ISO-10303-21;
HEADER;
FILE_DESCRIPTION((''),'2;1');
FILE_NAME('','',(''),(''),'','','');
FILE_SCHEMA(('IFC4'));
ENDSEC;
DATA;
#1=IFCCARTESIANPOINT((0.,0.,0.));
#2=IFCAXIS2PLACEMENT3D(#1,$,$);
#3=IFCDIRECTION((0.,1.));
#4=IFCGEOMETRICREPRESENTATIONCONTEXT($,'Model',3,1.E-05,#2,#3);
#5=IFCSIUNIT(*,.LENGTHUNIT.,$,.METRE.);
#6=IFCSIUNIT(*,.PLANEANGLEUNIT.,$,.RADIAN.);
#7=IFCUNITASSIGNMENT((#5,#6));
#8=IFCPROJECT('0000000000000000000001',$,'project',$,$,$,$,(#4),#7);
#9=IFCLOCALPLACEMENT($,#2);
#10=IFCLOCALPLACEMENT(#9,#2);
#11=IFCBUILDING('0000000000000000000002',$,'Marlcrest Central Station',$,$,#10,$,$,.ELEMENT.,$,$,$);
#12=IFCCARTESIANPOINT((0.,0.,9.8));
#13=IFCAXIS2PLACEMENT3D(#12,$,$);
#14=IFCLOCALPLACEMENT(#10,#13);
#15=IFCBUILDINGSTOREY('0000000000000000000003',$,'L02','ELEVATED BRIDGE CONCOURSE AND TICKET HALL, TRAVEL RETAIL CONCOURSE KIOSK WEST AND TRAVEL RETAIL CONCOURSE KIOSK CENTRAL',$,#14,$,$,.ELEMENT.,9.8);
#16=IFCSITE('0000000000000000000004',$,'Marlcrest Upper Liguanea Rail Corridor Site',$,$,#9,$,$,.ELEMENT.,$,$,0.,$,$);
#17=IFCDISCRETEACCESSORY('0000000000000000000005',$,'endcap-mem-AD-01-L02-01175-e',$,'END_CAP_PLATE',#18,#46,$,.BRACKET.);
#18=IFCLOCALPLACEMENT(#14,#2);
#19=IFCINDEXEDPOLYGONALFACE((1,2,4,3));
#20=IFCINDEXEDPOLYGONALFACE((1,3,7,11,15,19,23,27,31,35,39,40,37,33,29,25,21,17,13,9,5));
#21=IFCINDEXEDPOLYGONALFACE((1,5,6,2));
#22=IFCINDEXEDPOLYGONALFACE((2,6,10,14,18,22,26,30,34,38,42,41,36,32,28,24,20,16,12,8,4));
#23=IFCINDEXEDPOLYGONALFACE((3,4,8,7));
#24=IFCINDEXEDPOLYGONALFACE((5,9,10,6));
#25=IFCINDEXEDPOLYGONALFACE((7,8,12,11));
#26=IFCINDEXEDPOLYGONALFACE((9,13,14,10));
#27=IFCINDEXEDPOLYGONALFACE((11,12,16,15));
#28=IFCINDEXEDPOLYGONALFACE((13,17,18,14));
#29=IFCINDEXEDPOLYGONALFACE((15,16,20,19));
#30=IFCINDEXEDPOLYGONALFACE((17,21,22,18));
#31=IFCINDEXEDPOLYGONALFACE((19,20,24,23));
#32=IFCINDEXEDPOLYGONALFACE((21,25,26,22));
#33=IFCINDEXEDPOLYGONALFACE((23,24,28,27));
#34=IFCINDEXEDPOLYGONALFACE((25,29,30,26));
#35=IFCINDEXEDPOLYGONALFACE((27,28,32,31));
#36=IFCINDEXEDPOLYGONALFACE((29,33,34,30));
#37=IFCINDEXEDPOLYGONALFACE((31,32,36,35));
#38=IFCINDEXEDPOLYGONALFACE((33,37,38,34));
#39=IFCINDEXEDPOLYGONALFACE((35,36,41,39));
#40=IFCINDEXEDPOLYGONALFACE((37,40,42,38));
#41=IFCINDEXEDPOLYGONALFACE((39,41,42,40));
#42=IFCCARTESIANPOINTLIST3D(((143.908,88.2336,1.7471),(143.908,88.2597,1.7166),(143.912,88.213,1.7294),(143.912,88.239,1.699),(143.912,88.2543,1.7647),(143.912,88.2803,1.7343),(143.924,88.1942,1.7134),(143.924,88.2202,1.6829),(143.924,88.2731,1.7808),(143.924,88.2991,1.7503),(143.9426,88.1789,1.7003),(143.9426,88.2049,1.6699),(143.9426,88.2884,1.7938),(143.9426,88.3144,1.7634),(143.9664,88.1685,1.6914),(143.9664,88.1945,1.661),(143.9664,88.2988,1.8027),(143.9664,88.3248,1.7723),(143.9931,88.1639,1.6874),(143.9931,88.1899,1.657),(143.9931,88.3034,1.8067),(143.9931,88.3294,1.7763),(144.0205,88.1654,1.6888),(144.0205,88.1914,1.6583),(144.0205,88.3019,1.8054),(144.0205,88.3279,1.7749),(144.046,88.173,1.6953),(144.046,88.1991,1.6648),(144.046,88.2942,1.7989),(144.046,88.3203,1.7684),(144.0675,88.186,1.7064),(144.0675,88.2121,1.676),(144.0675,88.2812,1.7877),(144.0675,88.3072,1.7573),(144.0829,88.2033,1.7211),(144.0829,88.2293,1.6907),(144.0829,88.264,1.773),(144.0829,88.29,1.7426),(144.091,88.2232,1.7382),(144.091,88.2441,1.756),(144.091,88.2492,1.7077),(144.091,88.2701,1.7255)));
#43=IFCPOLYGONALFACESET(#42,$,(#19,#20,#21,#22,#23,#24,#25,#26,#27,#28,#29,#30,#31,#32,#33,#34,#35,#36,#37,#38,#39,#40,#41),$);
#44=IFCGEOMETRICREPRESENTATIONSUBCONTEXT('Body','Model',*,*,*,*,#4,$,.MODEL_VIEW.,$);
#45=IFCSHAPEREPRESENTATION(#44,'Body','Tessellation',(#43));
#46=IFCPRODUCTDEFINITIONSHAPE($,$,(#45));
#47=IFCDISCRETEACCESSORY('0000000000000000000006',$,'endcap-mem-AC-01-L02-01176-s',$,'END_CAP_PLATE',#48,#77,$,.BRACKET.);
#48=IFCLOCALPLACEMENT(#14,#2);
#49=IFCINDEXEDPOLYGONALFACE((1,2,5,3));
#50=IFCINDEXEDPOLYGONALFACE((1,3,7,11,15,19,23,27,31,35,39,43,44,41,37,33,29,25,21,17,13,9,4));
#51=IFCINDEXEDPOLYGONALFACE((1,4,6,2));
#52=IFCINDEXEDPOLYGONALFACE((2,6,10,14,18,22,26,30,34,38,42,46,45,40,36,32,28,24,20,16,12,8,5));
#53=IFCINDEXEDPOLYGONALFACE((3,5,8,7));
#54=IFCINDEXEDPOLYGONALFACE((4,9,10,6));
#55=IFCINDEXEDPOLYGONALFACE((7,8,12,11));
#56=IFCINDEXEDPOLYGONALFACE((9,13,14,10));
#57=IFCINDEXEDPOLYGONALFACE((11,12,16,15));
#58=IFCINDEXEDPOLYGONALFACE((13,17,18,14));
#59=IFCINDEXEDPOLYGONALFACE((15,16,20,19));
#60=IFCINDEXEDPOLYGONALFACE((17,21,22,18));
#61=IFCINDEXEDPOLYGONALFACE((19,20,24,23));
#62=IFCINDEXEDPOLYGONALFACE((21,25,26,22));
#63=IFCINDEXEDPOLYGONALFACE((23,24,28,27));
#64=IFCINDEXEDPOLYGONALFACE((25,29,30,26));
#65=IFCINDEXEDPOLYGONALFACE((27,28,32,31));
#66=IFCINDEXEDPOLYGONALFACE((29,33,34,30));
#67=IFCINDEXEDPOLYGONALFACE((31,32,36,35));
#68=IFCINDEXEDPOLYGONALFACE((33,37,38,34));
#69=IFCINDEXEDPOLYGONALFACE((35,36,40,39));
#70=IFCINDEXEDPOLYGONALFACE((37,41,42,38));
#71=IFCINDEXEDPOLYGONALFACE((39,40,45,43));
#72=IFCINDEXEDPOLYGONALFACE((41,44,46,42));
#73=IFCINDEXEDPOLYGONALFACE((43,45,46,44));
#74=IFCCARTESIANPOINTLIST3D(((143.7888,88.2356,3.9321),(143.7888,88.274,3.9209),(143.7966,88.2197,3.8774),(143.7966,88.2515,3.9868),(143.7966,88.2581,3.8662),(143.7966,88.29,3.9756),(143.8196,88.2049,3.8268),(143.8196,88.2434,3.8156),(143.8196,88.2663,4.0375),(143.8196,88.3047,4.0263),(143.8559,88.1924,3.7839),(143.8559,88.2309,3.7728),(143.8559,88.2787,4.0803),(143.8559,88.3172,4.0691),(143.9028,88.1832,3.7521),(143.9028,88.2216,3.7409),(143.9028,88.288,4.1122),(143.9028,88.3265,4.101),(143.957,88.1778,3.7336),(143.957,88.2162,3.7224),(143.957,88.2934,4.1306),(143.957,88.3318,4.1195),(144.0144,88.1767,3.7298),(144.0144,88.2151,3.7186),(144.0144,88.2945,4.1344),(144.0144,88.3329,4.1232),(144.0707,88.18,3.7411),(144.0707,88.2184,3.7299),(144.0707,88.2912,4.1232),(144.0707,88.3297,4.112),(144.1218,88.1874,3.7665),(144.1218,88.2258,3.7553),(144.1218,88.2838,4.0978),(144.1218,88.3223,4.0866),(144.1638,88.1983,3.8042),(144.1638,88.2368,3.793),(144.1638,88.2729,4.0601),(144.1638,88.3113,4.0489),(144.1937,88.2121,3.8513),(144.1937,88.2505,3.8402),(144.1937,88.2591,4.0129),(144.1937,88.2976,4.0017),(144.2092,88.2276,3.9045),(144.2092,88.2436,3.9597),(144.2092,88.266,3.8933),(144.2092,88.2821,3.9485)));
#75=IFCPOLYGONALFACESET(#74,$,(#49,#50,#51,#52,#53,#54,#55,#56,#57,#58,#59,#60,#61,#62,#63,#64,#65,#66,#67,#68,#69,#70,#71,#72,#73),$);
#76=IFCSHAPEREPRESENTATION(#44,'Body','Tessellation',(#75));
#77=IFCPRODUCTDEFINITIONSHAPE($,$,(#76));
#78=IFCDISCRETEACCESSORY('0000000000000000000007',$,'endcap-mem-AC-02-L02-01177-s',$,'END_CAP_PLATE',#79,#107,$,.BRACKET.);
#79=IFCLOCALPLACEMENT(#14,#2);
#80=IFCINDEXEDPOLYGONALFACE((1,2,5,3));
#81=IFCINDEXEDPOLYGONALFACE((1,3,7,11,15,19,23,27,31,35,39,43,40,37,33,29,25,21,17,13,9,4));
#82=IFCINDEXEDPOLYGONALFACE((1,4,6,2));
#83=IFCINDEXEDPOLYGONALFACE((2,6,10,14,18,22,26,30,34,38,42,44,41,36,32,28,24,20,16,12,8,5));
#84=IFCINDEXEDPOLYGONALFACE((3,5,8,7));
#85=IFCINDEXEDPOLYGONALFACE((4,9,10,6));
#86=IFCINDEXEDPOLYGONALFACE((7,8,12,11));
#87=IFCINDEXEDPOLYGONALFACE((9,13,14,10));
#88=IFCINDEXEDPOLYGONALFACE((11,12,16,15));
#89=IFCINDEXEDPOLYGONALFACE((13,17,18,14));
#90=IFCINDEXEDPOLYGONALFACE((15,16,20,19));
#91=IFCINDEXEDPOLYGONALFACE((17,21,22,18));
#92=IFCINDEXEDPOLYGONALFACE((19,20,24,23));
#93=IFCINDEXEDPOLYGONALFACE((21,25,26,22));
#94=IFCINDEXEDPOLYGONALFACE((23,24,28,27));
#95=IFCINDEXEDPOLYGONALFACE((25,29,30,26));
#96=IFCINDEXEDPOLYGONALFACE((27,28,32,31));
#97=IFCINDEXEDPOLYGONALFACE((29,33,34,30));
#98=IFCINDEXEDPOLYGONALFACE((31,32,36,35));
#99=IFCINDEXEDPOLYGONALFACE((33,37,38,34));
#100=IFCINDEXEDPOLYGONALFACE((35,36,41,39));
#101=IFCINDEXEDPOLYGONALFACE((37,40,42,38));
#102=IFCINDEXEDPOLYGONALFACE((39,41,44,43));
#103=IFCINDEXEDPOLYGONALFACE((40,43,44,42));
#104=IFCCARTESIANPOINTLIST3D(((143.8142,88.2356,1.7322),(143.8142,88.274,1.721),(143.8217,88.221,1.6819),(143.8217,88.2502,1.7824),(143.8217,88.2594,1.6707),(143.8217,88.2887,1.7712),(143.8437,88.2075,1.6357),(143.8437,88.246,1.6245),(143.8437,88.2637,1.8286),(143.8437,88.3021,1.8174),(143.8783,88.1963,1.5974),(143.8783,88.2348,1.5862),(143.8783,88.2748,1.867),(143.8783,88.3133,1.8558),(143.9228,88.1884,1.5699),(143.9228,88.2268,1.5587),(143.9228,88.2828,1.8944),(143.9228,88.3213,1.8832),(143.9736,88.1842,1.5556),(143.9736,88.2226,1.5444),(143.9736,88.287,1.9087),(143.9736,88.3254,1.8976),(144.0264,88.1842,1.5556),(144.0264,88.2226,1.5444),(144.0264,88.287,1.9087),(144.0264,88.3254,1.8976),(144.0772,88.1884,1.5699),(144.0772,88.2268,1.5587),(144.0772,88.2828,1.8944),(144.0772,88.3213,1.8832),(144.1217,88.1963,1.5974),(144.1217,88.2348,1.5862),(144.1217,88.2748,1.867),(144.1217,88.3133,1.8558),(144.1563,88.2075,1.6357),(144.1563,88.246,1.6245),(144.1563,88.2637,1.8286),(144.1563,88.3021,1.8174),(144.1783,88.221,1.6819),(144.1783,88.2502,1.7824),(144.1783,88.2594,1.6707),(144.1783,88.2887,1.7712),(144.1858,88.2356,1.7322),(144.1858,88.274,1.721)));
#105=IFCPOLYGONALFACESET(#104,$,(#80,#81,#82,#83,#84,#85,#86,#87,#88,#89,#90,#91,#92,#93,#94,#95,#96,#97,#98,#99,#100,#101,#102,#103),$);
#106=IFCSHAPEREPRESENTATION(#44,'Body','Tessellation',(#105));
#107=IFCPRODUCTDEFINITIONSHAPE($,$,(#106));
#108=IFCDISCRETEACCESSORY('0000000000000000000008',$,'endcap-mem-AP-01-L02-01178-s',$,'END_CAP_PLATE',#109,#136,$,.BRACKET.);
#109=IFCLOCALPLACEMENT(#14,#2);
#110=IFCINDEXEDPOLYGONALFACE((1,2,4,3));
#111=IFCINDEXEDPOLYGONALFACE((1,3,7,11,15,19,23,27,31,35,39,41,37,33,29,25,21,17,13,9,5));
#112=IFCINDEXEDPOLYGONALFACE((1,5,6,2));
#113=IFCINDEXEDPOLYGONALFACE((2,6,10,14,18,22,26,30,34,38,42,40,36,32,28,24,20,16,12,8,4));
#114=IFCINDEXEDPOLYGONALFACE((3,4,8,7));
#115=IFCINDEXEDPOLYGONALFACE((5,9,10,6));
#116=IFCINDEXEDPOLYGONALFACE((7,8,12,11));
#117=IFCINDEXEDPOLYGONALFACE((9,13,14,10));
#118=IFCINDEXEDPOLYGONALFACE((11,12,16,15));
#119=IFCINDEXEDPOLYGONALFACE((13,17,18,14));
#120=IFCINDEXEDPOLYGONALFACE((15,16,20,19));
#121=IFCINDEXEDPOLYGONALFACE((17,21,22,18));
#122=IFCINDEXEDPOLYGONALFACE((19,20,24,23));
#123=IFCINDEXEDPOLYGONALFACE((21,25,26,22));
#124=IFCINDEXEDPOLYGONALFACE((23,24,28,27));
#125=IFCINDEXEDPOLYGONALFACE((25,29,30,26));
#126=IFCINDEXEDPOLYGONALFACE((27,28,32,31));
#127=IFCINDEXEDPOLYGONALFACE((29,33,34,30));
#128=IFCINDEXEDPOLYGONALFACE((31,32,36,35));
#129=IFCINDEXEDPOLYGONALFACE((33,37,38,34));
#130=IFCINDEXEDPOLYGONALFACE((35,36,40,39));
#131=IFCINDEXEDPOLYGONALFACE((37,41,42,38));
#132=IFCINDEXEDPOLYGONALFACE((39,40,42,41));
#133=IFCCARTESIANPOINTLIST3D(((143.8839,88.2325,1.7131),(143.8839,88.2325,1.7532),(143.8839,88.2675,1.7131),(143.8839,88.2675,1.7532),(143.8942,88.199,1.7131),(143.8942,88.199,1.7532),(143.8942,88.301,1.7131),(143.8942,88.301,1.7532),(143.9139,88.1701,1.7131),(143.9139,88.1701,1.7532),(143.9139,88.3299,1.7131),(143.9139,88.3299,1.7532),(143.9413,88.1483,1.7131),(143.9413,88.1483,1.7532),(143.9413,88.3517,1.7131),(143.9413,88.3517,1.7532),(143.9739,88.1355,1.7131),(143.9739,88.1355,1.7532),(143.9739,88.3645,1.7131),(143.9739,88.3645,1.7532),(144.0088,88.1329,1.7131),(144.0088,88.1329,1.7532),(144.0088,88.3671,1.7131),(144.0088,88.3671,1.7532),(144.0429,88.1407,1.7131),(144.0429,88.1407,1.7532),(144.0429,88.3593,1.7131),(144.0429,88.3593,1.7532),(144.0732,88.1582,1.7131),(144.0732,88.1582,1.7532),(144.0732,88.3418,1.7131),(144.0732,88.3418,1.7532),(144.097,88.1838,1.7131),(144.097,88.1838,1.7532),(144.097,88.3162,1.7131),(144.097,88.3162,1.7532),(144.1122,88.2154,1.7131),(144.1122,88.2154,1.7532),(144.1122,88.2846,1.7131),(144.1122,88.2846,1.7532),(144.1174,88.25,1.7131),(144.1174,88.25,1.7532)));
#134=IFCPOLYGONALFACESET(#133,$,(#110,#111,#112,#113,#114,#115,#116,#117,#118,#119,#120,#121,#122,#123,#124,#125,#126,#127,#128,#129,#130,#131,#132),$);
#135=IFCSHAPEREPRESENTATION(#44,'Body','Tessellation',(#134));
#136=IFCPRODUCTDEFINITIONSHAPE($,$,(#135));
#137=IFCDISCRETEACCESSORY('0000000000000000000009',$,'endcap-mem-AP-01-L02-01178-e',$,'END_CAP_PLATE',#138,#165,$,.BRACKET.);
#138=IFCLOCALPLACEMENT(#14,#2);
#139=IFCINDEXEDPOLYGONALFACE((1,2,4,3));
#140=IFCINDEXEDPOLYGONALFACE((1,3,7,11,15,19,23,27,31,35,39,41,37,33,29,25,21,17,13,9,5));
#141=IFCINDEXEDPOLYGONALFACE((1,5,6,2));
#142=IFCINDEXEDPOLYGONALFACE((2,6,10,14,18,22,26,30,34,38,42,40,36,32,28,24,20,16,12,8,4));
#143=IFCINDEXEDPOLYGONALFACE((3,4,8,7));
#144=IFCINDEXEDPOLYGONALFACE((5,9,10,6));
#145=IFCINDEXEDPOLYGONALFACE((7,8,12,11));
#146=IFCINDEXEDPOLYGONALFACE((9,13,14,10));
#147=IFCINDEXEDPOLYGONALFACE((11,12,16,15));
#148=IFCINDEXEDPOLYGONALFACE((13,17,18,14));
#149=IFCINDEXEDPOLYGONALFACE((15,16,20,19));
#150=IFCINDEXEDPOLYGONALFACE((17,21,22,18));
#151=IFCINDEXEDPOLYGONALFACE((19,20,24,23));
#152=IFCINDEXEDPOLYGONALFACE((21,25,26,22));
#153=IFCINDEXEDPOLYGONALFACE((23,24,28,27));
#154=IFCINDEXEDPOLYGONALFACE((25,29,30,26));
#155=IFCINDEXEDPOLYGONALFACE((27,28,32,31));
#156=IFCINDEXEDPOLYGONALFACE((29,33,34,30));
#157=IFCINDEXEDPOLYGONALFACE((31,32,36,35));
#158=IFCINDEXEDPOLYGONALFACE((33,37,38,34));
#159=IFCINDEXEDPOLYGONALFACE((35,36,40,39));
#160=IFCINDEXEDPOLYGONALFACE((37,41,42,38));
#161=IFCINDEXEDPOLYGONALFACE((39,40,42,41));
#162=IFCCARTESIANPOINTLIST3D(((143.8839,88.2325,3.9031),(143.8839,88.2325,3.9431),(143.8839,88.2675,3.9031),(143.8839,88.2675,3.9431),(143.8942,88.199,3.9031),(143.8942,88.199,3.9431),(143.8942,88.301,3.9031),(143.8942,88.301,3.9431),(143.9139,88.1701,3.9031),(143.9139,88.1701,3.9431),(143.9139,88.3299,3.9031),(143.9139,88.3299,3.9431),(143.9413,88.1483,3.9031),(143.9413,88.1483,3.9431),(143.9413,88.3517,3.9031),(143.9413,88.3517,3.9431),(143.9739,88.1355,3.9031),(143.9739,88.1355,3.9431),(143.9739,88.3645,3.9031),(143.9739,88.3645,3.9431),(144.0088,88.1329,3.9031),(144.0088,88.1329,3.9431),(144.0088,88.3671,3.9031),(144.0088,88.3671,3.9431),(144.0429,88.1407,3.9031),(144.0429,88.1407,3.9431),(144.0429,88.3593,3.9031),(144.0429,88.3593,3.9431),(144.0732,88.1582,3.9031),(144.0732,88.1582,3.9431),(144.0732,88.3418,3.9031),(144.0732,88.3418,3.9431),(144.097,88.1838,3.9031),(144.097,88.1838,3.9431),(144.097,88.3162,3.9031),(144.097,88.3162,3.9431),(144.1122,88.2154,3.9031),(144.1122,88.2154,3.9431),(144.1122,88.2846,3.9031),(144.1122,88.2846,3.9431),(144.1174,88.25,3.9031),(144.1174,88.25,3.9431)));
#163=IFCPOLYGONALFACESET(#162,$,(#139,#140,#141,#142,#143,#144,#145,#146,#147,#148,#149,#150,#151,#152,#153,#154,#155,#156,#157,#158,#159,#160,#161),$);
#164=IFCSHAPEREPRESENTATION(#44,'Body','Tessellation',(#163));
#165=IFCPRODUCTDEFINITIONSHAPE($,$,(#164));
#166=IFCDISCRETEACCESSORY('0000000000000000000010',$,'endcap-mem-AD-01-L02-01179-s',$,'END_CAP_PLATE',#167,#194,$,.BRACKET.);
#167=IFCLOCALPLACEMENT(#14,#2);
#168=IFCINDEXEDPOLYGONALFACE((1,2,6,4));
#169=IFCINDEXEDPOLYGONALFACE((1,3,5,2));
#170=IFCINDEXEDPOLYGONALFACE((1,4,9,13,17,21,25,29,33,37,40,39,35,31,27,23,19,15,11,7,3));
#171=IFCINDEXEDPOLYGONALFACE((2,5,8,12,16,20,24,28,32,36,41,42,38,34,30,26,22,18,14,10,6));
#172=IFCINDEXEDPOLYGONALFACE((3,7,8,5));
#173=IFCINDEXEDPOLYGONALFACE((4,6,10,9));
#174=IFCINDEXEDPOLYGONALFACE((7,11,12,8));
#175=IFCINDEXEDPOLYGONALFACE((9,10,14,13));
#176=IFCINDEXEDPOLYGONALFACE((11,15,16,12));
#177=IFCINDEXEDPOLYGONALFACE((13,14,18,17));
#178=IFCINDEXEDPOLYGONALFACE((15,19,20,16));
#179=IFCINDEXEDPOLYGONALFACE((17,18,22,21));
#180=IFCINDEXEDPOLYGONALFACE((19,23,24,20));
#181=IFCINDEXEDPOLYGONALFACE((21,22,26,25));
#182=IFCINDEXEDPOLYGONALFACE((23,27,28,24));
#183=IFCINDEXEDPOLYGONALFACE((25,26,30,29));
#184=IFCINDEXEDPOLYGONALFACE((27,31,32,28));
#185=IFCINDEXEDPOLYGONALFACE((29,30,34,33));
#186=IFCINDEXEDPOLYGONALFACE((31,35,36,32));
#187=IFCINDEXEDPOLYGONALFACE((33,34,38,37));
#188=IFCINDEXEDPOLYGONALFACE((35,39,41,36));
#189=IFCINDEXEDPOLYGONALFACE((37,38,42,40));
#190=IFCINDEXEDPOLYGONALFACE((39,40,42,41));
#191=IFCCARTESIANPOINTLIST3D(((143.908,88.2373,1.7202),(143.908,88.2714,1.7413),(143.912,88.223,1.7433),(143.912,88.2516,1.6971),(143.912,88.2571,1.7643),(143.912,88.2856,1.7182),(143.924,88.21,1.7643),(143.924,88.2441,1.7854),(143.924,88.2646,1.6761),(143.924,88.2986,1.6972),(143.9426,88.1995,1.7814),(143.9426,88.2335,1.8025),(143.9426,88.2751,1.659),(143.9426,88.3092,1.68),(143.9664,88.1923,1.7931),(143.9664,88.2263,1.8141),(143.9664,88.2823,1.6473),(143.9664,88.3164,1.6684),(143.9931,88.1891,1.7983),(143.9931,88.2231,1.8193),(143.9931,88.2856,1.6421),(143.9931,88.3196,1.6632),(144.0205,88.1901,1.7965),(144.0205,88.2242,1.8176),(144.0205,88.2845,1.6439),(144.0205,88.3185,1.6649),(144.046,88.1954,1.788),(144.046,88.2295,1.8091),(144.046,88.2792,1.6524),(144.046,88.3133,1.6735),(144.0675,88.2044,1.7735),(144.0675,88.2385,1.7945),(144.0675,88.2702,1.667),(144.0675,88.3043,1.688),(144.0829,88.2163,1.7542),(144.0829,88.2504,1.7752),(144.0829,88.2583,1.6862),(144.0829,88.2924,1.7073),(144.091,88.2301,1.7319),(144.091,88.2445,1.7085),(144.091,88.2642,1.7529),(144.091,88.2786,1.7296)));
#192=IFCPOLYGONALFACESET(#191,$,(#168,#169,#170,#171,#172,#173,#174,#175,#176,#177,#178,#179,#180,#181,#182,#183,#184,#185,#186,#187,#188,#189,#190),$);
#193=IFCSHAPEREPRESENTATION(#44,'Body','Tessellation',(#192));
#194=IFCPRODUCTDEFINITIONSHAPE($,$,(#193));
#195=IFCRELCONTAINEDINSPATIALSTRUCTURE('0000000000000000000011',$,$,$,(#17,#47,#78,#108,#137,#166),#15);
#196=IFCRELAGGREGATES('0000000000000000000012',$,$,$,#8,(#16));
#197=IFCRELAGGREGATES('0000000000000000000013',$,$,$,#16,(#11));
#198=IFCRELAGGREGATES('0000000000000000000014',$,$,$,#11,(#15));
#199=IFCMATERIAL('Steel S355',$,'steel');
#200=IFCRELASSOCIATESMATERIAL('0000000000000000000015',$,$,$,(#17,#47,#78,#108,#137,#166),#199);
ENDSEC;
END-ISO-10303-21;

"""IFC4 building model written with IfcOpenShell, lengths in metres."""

from ifc_helpers import new_model, si_unit, direction, frame, origin, origin_2d, place, context, subcontext, project, spatial, circle, extrude, material, element, save


model = new_model("IFC4")

# Units and contexts
model_context = context("Model", 3, precision=1e-05, world=origin(), true_north=direction((0.0, 1.0)))
body_context = subcontext(model_context, "Body", "Model", "MODEL_VIEW")
ifc_project = project(units=[si_unit("LENGTHUNIT", "METRE"), si_unit("PLANEANGLEUNIT", "RADIAN")], contexts=[model_context])

# Site, building, storey
site_placement = place(None, origin())
site = spatial("IfcSite", under=ifc_project, at=site_placement, Name="Marlcrest Upper Liguanea Rail Corridor Site", CompositionType="ELEMENT", RefElevation=0.0)
building_placement = place(site_placement, origin())
building = spatial("IfcBuilding", under=site, at=building_placement, Name="Marlcrest Central Station", CompositionType="ELEMENT")
storey_placement = place(building_placement, frame((0.0, 0.0, 9.8)))
storey = spatial("IfcBuildingStorey", under=building, at=storey_placement, Name="L02", Description="ELEVATED BRIDGE CONCOURSE AND TICKET HALL, TRAVEL RETAIL CONCOURSE KIOSK WEST AND TRAVEL RETAIL CONCOURSE KIOSK CENTRAL", CompositionType="ELEMENT", Elevation=9.8)

# Shared definitions
ifc_material_1 = material(Name="Steel S355", Category="steel")

# Discrete accessories
for number, where, z_axis, x_axis, name in (
    (1, (144.0, 88.2336, 1.7471), (0.0, 0.649625, -0.760255), (-1.0, 0.0, 0.0), "endcap-mem-AD-01-L02-01175-e"),
):
    element("IfcDiscreteAccessory", number, at=place(storey_placement, frame(where, z_axis=z_axis, x_axis=x_axis)), inside=storey, material=ifc_material_1, Name=name, ObjectType="END_CAP_PLATE", PredefinedType="BRACKET", context=body_context, shape_type="SweptSolid", body=[
        extrude(circle(Radius=0.092, at=origin_2d()), origin(), (0.0, 0.0, 1.0), 0.04),
    ])
discrete_accessory_1_placement = place(storey_placement, frame((144.0, 88.2356, 3.9321), z_axis=(0.0, 0.96013, -0.279554), x_axis=(-1.0, 0.0, 0.0)))
element("IfcDiscreteAccessory", 2, at=discrete_accessory_1_placement, inside=storey, material=ifc_material_1, Name="endcap-mem-AC-01-L02-01176-s", ObjectType="END_CAP_PLATE", PredefinedType="BRACKET", context=body_context, shape_type="SweptSolid", body=[
    extrude(circle(Radius=0.2112, at=origin_2d()), origin(), (0.0, 0.0, 1.0), 0.04),
])
discrete_accessory_2_placement = place(storey_placement, frame((144.0, 88.2356, 1.7322), z_axis=(0.0, 0.96013, -0.279554), x_axis=(-1.0, 0.0, 0.0)))
element("IfcDiscreteAccessory", 3, at=discrete_accessory_2_placement, inside=storey, material=ifc_material_1, Name="endcap-mem-AC-02-L02-01177-s", ObjectType="END_CAP_PLATE", PredefinedType="BRACKET", context=body_context, shape_type="SweptSolid", body=[
    extrude(circle(Radius=0.1858, at=origin_2d()), origin(), (0.0, 0.0, 1.0), 0.04),
])
for number, where, z_axis, x_axis, name in (
    (4, (144.0, 88.25, 1.7131), (0.0, 0.0, 1.0), (1.0, 0.0, 0.0), "endcap-mem-AP-01-L02-01178-s"),
    (5, (144.0, 88.25, 3.9031), (0.0, 0.0, 1.0), (1.0, 0.0, 0.0), "endcap-mem-AP-01-L02-01178-e"),
):
    element("IfcDiscreteAccessory", number, at=place(storey_placement, frame(where, z_axis=z_axis, x_axis=x_axis)), inside=storey, material=ifc_material_1, Name=name, ObjectType="END_CAP_PLATE", PredefinedType="BRACKET", context=body_context, shape_type="SweptSolid", body=[
        extrude(circle(Radius=0.1174, at=origin_2d()), origin(), (0.0, 0.0, 1.0), 0.04),
    ])
discrete_accessory_3_placement = place(storey_placement, frame((144.0, 88.2373, 1.7202), z_axis=(0.0, 0.850687, 0.525672), x_axis=(-1.0, 0.0, 0.0)))
element("IfcDiscreteAccessory", 6, at=discrete_accessory_3_placement, inside=storey, material=ifc_material_1, Name="endcap-mem-AD-01-L02-01179-s", ObjectType="END_CAP_PLATE", PredefinedType="BRACKET", context=body_context, shape_type="SweptSolid", body=[
    extrude(circle(Radius=0.092, at=origin_2d()), origin(), (0.0, 0.0, 1.0), 0.04),
])

save(model, "model.ifc")
